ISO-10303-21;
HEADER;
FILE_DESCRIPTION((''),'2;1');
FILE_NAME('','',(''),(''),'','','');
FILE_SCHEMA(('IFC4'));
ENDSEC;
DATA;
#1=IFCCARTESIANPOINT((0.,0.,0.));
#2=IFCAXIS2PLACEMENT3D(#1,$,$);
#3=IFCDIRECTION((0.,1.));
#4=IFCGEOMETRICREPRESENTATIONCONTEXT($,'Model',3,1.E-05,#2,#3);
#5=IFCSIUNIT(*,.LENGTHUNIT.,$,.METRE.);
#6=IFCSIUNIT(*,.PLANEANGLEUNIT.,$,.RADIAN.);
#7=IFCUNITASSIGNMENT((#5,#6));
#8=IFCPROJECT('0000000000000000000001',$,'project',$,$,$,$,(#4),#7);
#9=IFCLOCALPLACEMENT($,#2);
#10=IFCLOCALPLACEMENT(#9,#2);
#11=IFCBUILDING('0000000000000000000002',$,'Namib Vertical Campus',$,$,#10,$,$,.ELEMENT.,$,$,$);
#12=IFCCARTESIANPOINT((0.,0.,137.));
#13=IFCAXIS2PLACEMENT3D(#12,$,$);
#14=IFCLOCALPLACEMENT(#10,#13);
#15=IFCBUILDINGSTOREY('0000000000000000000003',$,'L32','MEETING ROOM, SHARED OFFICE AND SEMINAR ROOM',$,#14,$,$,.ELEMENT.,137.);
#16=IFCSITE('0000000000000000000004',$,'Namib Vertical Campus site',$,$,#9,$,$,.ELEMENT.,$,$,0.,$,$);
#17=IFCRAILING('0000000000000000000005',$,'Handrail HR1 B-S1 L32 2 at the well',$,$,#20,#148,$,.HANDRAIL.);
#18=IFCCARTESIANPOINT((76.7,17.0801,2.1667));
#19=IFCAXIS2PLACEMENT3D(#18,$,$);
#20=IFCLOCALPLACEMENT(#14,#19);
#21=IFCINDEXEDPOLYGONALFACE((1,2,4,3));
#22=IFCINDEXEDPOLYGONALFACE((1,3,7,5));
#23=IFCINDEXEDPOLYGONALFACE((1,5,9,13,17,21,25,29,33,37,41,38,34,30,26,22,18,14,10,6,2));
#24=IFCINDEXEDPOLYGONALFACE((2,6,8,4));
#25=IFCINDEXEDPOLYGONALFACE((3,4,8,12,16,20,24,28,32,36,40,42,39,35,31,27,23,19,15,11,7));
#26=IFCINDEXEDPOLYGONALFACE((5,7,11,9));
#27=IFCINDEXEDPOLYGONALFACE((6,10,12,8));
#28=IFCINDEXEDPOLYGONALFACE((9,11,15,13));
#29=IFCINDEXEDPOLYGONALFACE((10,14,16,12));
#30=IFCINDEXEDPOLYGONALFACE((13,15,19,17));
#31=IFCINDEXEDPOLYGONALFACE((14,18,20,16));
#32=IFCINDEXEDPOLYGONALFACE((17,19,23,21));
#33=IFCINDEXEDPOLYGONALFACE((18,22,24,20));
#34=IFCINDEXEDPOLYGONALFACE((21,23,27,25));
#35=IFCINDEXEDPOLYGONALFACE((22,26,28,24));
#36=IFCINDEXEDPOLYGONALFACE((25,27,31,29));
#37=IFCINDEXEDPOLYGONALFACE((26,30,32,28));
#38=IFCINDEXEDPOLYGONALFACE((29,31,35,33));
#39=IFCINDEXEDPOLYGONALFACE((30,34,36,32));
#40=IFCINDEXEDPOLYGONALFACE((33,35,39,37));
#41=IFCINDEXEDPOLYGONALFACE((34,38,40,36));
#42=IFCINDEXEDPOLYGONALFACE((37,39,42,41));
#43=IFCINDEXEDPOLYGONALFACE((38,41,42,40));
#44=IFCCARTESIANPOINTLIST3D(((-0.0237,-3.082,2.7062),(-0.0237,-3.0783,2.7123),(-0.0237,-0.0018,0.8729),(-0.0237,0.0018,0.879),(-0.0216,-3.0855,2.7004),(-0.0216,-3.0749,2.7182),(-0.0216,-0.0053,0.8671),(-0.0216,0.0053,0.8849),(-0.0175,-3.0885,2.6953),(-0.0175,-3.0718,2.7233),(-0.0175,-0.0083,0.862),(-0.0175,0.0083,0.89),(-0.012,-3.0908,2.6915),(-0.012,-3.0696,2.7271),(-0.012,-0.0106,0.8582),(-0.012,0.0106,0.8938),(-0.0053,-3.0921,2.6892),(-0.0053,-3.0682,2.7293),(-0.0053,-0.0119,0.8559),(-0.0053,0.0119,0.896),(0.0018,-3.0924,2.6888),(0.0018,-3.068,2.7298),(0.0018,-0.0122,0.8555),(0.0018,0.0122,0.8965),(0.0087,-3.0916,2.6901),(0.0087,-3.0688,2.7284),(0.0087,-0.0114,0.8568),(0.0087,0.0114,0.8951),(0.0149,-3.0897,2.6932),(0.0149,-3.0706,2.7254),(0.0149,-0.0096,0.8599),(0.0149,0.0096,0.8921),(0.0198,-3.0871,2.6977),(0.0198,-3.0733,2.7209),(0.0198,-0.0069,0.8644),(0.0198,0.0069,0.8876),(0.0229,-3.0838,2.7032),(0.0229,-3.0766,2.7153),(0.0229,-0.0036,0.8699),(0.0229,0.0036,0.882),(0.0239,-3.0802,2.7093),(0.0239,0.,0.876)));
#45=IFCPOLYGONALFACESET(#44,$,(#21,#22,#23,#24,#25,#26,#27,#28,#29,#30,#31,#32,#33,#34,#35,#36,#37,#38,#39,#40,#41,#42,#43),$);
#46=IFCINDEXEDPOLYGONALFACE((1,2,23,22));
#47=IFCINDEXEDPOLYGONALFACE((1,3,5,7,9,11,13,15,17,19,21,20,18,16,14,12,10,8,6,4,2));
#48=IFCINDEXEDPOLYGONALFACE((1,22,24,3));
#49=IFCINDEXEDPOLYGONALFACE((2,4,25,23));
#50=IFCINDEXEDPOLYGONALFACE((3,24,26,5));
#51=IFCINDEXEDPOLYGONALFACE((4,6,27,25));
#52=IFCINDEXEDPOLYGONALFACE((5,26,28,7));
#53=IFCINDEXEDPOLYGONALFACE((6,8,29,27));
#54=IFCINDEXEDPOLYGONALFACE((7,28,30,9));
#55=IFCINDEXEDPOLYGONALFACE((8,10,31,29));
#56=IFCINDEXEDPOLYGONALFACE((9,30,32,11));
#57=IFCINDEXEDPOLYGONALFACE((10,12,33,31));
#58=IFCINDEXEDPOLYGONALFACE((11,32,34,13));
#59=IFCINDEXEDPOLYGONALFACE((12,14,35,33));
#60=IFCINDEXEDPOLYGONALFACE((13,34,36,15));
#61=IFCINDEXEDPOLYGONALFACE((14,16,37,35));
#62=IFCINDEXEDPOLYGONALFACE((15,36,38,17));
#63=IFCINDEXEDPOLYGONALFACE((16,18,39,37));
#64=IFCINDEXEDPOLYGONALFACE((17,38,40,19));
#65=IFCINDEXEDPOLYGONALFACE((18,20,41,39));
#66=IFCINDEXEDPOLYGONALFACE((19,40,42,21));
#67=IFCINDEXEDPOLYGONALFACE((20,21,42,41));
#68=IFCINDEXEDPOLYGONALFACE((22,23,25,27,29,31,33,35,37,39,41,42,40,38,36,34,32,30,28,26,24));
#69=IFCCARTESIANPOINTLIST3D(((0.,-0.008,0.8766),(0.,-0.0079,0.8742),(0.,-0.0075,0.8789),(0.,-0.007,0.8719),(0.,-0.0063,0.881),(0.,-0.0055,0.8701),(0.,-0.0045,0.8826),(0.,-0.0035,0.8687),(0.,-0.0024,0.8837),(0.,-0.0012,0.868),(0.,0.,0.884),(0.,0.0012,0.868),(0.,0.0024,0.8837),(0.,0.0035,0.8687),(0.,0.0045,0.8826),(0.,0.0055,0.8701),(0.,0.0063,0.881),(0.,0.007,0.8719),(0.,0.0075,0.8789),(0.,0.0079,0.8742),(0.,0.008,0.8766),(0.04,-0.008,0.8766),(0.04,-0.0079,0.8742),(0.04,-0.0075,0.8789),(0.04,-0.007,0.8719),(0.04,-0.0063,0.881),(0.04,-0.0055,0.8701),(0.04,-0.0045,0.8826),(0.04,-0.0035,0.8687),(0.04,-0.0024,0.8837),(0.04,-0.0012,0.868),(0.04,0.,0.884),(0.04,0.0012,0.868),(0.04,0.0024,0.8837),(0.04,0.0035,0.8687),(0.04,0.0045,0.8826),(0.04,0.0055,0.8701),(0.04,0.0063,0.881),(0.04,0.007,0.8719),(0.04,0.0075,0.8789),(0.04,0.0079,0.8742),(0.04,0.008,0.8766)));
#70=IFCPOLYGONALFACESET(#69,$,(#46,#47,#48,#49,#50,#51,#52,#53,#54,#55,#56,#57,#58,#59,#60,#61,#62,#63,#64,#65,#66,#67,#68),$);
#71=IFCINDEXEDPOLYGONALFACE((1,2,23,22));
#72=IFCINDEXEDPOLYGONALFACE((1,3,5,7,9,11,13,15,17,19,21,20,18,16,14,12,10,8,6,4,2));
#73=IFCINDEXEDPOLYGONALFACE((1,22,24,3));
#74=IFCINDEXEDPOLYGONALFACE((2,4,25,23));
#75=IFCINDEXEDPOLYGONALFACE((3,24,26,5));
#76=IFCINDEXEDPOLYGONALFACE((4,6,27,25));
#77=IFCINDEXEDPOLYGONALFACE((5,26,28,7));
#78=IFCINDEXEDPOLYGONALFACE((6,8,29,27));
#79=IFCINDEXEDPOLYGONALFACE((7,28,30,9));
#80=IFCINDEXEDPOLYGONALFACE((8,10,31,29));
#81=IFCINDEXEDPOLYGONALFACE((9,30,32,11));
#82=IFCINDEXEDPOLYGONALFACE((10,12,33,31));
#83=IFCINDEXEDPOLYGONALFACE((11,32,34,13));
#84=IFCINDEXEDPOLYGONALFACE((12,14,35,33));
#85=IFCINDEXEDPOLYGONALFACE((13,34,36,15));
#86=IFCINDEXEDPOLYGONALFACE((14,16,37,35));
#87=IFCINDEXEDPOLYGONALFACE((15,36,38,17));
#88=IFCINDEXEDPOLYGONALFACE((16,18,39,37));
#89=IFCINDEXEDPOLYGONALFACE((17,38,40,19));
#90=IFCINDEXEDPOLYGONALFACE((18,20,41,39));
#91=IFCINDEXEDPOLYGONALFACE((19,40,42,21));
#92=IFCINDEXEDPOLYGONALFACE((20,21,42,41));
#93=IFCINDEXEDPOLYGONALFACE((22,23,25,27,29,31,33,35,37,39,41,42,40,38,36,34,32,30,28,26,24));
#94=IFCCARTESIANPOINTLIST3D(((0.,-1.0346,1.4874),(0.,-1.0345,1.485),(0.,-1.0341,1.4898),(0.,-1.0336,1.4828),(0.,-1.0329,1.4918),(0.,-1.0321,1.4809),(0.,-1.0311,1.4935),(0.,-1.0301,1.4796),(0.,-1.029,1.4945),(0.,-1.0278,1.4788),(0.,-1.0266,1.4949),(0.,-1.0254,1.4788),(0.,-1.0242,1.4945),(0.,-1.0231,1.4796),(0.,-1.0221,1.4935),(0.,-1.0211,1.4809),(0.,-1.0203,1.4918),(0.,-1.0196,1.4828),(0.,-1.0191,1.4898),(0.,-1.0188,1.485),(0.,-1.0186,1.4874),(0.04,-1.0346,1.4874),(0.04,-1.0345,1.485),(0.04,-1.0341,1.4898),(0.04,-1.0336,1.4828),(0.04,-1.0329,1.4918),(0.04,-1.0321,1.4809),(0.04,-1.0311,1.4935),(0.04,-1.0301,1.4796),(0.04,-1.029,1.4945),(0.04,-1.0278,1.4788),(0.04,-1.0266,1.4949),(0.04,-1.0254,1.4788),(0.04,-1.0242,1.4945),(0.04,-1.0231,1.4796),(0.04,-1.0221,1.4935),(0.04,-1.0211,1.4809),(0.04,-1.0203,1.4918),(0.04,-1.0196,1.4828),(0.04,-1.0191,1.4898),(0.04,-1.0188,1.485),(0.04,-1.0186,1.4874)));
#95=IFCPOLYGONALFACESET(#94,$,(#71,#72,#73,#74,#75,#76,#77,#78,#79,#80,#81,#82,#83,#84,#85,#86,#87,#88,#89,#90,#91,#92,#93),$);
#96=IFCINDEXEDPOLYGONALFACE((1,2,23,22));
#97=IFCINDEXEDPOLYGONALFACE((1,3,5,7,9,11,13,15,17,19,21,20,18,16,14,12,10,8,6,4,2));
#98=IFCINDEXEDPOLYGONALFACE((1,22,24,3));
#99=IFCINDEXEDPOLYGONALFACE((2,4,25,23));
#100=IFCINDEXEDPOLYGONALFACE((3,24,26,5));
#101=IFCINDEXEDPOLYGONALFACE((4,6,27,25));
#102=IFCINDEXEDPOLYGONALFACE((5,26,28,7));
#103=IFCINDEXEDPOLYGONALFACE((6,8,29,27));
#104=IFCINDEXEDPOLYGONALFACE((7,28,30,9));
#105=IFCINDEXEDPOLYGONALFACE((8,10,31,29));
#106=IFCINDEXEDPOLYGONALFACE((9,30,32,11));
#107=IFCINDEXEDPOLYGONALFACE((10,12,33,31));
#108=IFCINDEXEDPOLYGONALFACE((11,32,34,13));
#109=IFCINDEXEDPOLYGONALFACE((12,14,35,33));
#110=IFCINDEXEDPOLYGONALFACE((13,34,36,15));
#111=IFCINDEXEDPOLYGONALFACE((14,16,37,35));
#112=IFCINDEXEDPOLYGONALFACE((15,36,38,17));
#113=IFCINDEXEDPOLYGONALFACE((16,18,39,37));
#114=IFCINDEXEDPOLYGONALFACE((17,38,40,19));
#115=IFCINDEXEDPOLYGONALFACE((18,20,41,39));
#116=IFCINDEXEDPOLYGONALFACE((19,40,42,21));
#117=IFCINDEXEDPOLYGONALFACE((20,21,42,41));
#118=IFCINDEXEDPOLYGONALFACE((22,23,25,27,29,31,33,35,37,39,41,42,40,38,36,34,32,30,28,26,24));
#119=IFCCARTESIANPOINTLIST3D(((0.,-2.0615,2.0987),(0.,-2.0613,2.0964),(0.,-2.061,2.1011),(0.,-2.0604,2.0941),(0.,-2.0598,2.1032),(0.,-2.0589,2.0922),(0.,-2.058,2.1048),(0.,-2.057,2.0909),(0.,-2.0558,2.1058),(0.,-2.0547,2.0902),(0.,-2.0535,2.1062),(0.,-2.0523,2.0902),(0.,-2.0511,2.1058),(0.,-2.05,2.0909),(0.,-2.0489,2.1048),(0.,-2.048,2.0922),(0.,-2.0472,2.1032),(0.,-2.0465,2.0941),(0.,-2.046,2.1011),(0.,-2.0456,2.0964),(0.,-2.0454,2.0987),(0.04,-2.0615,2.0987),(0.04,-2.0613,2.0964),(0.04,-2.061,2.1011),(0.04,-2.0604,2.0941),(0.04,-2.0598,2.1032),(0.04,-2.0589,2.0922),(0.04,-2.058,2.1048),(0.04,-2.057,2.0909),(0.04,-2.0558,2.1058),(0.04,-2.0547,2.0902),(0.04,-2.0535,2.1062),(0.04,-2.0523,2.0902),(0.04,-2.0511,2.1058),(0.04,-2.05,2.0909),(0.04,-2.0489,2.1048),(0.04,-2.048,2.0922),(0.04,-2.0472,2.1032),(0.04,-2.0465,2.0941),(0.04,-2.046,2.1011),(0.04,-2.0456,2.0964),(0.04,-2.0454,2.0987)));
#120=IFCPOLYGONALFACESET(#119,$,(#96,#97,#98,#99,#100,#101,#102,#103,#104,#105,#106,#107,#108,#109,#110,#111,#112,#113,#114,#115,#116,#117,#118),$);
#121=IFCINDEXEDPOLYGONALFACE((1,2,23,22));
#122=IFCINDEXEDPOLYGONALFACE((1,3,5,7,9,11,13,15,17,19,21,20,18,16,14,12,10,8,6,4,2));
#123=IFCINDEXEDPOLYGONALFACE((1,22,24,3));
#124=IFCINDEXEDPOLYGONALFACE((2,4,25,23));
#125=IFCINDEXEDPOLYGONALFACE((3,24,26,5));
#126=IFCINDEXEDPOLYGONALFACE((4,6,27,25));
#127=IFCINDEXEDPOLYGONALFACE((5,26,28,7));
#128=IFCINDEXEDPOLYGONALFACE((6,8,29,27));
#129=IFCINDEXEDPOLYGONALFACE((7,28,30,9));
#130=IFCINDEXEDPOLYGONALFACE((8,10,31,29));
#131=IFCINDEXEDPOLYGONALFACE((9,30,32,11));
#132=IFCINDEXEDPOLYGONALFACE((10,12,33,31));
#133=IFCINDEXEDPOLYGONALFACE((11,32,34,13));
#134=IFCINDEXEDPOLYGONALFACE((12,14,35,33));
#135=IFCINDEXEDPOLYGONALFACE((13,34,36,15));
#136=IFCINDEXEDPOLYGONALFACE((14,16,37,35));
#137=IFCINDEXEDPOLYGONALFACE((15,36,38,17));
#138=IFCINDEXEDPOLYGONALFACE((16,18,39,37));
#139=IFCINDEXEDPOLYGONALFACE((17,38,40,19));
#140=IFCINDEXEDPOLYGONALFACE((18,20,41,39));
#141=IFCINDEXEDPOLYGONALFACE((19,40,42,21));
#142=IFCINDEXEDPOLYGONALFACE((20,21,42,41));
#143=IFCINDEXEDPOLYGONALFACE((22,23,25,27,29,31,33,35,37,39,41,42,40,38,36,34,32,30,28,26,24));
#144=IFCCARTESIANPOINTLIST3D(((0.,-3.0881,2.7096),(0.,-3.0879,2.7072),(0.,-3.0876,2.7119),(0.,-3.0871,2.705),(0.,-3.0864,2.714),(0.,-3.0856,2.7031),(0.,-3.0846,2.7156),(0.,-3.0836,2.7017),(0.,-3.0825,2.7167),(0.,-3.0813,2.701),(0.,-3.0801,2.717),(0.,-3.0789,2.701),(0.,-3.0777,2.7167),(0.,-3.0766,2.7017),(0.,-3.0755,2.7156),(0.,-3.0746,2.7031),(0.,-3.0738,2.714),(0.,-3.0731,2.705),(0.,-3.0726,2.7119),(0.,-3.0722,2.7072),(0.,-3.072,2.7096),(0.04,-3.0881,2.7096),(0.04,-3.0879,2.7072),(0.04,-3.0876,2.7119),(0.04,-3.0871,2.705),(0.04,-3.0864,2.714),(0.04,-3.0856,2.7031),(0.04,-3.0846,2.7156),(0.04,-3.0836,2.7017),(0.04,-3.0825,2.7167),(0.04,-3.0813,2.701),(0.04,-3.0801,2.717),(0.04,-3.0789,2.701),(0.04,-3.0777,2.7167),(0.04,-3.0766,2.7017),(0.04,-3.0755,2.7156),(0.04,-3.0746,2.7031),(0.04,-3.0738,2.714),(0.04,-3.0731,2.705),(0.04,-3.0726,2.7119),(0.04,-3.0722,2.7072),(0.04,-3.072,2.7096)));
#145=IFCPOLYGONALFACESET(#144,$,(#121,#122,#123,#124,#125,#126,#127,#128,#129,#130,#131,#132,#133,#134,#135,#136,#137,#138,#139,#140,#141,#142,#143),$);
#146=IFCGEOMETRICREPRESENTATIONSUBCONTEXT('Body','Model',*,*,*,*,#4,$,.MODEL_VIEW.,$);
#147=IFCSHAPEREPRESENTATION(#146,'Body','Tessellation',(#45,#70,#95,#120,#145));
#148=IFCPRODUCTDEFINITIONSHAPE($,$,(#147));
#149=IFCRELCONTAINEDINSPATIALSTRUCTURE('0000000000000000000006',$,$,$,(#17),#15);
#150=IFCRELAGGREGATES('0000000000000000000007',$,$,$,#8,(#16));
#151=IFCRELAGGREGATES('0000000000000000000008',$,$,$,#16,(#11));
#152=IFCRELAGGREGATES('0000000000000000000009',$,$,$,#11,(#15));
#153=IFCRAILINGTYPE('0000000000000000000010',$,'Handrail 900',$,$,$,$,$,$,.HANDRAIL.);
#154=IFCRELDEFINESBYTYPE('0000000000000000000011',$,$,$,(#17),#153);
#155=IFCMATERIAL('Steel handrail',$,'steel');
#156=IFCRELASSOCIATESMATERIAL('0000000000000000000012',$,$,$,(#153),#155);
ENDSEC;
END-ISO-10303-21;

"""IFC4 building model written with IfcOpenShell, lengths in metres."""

from ifc_helpers import new_model, si_unit, direction, frame, origin, origin_2d, place, context, subcontext, project, spatial, circle, extrude, material, type_object, element, save


model = new_model("IFC4")

# Units and contexts
model_context = context("Model", 3, precision=1e-05, world=origin(), true_north=direction((0.0, 1.0)))
body_context = subcontext(model_context, "Body", "Model", "MODEL_VIEW")
ifc_project = project(units=[si_unit("LENGTHUNIT", "METRE"), si_unit("PLANEANGLEUNIT", "RADIAN")], contexts=[model_context])

# Site, building, storey
site_placement = place(None, origin())
site = spatial("IfcSite", under=ifc_project, at=site_placement, Name="Namib Vertical Campus site", CompositionType="ELEMENT", RefElevation=0.0)
building_placement = place(site_placement, origin())
building = spatial("IfcBuilding", under=site, at=building_placement, Name="Namib Vertical Campus", CompositionType="ELEMENT")
storey_placement = place(building_placement, frame((0.0, 0.0, 137.0)))
storey = spatial("IfcBuildingStorey", under=building, at=storey_placement, Name="L32", Description="MEETING ROOM, SHARED OFFICE AND SEMINAR ROOM", CompositionType="ELEMENT", Elevation=137.0)

# Railing
ifc_material_1 = material(Name="Steel handrail", Category="steel")
railing_type_1 = type_object("IfcRailingType", Name="Handrail 900", PredefinedType="HANDRAIL", material=ifc_material_1)
railing_1_placement = place(storey_placement, frame((76.7, 17.0801, 2.1667)))
element("IfcRailing", 1, at=railing_1_placement, inside=storey, type_object=railing_type_1, Name="Handrail HR1 B-S1 L32 2 at the well", PredefinedType="HANDRAIL", context=body_context, shape_type="SweptSolid", body=[
    extrude(circle(Radius=0.0239, at=origin_2d()), frame((0.0, 0.0, 0.876), z_axis=(0.0, -0.859309, 0.511458), x_axis=(1.0, 0.0, 0.0)), (0.0, 0.0, 1.0), 3.5845),
    extrude(circle(Radius=0.0081, at=origin_2d()), frame((0.0, 0.0, 0.876), z_axis=(1.0, 0.0, 0.0), x_axis=(0.0, 0.0, 1.0)), (0.0, 0.0, 1.0), 0.04),
    extrude(circle(Radius=0.0081, at=origin_2d()), frame((0.0, -1.0266, 1.4868), z_axis=(1.0, 0.0, 0.0), x_axis=(0.0, 0.0, 1.0)), (0.0, 0.0, 1.0), 0.04),
    extrude(circle(Radius=0.0081, at=origin_2d()), frame((0.0, -2.0535, 2.0981), z_axis=(1.0, 0.0, 0.0), x_axis=(0.0, 0.0, 1.0)), (0.0, 0.0, 1.0), 0.04),
    extrude(circle(Radius=0.0081, at=origin_2d()), frame((0.0, -3.0801, 2.709), z_axis=(1.0, 0.0, 0.0), x_axis=(0.0, 0.0, 1.0)), (0.0, 0.0, 1.0), 0.04),
])

save(model, "model.ifc")
